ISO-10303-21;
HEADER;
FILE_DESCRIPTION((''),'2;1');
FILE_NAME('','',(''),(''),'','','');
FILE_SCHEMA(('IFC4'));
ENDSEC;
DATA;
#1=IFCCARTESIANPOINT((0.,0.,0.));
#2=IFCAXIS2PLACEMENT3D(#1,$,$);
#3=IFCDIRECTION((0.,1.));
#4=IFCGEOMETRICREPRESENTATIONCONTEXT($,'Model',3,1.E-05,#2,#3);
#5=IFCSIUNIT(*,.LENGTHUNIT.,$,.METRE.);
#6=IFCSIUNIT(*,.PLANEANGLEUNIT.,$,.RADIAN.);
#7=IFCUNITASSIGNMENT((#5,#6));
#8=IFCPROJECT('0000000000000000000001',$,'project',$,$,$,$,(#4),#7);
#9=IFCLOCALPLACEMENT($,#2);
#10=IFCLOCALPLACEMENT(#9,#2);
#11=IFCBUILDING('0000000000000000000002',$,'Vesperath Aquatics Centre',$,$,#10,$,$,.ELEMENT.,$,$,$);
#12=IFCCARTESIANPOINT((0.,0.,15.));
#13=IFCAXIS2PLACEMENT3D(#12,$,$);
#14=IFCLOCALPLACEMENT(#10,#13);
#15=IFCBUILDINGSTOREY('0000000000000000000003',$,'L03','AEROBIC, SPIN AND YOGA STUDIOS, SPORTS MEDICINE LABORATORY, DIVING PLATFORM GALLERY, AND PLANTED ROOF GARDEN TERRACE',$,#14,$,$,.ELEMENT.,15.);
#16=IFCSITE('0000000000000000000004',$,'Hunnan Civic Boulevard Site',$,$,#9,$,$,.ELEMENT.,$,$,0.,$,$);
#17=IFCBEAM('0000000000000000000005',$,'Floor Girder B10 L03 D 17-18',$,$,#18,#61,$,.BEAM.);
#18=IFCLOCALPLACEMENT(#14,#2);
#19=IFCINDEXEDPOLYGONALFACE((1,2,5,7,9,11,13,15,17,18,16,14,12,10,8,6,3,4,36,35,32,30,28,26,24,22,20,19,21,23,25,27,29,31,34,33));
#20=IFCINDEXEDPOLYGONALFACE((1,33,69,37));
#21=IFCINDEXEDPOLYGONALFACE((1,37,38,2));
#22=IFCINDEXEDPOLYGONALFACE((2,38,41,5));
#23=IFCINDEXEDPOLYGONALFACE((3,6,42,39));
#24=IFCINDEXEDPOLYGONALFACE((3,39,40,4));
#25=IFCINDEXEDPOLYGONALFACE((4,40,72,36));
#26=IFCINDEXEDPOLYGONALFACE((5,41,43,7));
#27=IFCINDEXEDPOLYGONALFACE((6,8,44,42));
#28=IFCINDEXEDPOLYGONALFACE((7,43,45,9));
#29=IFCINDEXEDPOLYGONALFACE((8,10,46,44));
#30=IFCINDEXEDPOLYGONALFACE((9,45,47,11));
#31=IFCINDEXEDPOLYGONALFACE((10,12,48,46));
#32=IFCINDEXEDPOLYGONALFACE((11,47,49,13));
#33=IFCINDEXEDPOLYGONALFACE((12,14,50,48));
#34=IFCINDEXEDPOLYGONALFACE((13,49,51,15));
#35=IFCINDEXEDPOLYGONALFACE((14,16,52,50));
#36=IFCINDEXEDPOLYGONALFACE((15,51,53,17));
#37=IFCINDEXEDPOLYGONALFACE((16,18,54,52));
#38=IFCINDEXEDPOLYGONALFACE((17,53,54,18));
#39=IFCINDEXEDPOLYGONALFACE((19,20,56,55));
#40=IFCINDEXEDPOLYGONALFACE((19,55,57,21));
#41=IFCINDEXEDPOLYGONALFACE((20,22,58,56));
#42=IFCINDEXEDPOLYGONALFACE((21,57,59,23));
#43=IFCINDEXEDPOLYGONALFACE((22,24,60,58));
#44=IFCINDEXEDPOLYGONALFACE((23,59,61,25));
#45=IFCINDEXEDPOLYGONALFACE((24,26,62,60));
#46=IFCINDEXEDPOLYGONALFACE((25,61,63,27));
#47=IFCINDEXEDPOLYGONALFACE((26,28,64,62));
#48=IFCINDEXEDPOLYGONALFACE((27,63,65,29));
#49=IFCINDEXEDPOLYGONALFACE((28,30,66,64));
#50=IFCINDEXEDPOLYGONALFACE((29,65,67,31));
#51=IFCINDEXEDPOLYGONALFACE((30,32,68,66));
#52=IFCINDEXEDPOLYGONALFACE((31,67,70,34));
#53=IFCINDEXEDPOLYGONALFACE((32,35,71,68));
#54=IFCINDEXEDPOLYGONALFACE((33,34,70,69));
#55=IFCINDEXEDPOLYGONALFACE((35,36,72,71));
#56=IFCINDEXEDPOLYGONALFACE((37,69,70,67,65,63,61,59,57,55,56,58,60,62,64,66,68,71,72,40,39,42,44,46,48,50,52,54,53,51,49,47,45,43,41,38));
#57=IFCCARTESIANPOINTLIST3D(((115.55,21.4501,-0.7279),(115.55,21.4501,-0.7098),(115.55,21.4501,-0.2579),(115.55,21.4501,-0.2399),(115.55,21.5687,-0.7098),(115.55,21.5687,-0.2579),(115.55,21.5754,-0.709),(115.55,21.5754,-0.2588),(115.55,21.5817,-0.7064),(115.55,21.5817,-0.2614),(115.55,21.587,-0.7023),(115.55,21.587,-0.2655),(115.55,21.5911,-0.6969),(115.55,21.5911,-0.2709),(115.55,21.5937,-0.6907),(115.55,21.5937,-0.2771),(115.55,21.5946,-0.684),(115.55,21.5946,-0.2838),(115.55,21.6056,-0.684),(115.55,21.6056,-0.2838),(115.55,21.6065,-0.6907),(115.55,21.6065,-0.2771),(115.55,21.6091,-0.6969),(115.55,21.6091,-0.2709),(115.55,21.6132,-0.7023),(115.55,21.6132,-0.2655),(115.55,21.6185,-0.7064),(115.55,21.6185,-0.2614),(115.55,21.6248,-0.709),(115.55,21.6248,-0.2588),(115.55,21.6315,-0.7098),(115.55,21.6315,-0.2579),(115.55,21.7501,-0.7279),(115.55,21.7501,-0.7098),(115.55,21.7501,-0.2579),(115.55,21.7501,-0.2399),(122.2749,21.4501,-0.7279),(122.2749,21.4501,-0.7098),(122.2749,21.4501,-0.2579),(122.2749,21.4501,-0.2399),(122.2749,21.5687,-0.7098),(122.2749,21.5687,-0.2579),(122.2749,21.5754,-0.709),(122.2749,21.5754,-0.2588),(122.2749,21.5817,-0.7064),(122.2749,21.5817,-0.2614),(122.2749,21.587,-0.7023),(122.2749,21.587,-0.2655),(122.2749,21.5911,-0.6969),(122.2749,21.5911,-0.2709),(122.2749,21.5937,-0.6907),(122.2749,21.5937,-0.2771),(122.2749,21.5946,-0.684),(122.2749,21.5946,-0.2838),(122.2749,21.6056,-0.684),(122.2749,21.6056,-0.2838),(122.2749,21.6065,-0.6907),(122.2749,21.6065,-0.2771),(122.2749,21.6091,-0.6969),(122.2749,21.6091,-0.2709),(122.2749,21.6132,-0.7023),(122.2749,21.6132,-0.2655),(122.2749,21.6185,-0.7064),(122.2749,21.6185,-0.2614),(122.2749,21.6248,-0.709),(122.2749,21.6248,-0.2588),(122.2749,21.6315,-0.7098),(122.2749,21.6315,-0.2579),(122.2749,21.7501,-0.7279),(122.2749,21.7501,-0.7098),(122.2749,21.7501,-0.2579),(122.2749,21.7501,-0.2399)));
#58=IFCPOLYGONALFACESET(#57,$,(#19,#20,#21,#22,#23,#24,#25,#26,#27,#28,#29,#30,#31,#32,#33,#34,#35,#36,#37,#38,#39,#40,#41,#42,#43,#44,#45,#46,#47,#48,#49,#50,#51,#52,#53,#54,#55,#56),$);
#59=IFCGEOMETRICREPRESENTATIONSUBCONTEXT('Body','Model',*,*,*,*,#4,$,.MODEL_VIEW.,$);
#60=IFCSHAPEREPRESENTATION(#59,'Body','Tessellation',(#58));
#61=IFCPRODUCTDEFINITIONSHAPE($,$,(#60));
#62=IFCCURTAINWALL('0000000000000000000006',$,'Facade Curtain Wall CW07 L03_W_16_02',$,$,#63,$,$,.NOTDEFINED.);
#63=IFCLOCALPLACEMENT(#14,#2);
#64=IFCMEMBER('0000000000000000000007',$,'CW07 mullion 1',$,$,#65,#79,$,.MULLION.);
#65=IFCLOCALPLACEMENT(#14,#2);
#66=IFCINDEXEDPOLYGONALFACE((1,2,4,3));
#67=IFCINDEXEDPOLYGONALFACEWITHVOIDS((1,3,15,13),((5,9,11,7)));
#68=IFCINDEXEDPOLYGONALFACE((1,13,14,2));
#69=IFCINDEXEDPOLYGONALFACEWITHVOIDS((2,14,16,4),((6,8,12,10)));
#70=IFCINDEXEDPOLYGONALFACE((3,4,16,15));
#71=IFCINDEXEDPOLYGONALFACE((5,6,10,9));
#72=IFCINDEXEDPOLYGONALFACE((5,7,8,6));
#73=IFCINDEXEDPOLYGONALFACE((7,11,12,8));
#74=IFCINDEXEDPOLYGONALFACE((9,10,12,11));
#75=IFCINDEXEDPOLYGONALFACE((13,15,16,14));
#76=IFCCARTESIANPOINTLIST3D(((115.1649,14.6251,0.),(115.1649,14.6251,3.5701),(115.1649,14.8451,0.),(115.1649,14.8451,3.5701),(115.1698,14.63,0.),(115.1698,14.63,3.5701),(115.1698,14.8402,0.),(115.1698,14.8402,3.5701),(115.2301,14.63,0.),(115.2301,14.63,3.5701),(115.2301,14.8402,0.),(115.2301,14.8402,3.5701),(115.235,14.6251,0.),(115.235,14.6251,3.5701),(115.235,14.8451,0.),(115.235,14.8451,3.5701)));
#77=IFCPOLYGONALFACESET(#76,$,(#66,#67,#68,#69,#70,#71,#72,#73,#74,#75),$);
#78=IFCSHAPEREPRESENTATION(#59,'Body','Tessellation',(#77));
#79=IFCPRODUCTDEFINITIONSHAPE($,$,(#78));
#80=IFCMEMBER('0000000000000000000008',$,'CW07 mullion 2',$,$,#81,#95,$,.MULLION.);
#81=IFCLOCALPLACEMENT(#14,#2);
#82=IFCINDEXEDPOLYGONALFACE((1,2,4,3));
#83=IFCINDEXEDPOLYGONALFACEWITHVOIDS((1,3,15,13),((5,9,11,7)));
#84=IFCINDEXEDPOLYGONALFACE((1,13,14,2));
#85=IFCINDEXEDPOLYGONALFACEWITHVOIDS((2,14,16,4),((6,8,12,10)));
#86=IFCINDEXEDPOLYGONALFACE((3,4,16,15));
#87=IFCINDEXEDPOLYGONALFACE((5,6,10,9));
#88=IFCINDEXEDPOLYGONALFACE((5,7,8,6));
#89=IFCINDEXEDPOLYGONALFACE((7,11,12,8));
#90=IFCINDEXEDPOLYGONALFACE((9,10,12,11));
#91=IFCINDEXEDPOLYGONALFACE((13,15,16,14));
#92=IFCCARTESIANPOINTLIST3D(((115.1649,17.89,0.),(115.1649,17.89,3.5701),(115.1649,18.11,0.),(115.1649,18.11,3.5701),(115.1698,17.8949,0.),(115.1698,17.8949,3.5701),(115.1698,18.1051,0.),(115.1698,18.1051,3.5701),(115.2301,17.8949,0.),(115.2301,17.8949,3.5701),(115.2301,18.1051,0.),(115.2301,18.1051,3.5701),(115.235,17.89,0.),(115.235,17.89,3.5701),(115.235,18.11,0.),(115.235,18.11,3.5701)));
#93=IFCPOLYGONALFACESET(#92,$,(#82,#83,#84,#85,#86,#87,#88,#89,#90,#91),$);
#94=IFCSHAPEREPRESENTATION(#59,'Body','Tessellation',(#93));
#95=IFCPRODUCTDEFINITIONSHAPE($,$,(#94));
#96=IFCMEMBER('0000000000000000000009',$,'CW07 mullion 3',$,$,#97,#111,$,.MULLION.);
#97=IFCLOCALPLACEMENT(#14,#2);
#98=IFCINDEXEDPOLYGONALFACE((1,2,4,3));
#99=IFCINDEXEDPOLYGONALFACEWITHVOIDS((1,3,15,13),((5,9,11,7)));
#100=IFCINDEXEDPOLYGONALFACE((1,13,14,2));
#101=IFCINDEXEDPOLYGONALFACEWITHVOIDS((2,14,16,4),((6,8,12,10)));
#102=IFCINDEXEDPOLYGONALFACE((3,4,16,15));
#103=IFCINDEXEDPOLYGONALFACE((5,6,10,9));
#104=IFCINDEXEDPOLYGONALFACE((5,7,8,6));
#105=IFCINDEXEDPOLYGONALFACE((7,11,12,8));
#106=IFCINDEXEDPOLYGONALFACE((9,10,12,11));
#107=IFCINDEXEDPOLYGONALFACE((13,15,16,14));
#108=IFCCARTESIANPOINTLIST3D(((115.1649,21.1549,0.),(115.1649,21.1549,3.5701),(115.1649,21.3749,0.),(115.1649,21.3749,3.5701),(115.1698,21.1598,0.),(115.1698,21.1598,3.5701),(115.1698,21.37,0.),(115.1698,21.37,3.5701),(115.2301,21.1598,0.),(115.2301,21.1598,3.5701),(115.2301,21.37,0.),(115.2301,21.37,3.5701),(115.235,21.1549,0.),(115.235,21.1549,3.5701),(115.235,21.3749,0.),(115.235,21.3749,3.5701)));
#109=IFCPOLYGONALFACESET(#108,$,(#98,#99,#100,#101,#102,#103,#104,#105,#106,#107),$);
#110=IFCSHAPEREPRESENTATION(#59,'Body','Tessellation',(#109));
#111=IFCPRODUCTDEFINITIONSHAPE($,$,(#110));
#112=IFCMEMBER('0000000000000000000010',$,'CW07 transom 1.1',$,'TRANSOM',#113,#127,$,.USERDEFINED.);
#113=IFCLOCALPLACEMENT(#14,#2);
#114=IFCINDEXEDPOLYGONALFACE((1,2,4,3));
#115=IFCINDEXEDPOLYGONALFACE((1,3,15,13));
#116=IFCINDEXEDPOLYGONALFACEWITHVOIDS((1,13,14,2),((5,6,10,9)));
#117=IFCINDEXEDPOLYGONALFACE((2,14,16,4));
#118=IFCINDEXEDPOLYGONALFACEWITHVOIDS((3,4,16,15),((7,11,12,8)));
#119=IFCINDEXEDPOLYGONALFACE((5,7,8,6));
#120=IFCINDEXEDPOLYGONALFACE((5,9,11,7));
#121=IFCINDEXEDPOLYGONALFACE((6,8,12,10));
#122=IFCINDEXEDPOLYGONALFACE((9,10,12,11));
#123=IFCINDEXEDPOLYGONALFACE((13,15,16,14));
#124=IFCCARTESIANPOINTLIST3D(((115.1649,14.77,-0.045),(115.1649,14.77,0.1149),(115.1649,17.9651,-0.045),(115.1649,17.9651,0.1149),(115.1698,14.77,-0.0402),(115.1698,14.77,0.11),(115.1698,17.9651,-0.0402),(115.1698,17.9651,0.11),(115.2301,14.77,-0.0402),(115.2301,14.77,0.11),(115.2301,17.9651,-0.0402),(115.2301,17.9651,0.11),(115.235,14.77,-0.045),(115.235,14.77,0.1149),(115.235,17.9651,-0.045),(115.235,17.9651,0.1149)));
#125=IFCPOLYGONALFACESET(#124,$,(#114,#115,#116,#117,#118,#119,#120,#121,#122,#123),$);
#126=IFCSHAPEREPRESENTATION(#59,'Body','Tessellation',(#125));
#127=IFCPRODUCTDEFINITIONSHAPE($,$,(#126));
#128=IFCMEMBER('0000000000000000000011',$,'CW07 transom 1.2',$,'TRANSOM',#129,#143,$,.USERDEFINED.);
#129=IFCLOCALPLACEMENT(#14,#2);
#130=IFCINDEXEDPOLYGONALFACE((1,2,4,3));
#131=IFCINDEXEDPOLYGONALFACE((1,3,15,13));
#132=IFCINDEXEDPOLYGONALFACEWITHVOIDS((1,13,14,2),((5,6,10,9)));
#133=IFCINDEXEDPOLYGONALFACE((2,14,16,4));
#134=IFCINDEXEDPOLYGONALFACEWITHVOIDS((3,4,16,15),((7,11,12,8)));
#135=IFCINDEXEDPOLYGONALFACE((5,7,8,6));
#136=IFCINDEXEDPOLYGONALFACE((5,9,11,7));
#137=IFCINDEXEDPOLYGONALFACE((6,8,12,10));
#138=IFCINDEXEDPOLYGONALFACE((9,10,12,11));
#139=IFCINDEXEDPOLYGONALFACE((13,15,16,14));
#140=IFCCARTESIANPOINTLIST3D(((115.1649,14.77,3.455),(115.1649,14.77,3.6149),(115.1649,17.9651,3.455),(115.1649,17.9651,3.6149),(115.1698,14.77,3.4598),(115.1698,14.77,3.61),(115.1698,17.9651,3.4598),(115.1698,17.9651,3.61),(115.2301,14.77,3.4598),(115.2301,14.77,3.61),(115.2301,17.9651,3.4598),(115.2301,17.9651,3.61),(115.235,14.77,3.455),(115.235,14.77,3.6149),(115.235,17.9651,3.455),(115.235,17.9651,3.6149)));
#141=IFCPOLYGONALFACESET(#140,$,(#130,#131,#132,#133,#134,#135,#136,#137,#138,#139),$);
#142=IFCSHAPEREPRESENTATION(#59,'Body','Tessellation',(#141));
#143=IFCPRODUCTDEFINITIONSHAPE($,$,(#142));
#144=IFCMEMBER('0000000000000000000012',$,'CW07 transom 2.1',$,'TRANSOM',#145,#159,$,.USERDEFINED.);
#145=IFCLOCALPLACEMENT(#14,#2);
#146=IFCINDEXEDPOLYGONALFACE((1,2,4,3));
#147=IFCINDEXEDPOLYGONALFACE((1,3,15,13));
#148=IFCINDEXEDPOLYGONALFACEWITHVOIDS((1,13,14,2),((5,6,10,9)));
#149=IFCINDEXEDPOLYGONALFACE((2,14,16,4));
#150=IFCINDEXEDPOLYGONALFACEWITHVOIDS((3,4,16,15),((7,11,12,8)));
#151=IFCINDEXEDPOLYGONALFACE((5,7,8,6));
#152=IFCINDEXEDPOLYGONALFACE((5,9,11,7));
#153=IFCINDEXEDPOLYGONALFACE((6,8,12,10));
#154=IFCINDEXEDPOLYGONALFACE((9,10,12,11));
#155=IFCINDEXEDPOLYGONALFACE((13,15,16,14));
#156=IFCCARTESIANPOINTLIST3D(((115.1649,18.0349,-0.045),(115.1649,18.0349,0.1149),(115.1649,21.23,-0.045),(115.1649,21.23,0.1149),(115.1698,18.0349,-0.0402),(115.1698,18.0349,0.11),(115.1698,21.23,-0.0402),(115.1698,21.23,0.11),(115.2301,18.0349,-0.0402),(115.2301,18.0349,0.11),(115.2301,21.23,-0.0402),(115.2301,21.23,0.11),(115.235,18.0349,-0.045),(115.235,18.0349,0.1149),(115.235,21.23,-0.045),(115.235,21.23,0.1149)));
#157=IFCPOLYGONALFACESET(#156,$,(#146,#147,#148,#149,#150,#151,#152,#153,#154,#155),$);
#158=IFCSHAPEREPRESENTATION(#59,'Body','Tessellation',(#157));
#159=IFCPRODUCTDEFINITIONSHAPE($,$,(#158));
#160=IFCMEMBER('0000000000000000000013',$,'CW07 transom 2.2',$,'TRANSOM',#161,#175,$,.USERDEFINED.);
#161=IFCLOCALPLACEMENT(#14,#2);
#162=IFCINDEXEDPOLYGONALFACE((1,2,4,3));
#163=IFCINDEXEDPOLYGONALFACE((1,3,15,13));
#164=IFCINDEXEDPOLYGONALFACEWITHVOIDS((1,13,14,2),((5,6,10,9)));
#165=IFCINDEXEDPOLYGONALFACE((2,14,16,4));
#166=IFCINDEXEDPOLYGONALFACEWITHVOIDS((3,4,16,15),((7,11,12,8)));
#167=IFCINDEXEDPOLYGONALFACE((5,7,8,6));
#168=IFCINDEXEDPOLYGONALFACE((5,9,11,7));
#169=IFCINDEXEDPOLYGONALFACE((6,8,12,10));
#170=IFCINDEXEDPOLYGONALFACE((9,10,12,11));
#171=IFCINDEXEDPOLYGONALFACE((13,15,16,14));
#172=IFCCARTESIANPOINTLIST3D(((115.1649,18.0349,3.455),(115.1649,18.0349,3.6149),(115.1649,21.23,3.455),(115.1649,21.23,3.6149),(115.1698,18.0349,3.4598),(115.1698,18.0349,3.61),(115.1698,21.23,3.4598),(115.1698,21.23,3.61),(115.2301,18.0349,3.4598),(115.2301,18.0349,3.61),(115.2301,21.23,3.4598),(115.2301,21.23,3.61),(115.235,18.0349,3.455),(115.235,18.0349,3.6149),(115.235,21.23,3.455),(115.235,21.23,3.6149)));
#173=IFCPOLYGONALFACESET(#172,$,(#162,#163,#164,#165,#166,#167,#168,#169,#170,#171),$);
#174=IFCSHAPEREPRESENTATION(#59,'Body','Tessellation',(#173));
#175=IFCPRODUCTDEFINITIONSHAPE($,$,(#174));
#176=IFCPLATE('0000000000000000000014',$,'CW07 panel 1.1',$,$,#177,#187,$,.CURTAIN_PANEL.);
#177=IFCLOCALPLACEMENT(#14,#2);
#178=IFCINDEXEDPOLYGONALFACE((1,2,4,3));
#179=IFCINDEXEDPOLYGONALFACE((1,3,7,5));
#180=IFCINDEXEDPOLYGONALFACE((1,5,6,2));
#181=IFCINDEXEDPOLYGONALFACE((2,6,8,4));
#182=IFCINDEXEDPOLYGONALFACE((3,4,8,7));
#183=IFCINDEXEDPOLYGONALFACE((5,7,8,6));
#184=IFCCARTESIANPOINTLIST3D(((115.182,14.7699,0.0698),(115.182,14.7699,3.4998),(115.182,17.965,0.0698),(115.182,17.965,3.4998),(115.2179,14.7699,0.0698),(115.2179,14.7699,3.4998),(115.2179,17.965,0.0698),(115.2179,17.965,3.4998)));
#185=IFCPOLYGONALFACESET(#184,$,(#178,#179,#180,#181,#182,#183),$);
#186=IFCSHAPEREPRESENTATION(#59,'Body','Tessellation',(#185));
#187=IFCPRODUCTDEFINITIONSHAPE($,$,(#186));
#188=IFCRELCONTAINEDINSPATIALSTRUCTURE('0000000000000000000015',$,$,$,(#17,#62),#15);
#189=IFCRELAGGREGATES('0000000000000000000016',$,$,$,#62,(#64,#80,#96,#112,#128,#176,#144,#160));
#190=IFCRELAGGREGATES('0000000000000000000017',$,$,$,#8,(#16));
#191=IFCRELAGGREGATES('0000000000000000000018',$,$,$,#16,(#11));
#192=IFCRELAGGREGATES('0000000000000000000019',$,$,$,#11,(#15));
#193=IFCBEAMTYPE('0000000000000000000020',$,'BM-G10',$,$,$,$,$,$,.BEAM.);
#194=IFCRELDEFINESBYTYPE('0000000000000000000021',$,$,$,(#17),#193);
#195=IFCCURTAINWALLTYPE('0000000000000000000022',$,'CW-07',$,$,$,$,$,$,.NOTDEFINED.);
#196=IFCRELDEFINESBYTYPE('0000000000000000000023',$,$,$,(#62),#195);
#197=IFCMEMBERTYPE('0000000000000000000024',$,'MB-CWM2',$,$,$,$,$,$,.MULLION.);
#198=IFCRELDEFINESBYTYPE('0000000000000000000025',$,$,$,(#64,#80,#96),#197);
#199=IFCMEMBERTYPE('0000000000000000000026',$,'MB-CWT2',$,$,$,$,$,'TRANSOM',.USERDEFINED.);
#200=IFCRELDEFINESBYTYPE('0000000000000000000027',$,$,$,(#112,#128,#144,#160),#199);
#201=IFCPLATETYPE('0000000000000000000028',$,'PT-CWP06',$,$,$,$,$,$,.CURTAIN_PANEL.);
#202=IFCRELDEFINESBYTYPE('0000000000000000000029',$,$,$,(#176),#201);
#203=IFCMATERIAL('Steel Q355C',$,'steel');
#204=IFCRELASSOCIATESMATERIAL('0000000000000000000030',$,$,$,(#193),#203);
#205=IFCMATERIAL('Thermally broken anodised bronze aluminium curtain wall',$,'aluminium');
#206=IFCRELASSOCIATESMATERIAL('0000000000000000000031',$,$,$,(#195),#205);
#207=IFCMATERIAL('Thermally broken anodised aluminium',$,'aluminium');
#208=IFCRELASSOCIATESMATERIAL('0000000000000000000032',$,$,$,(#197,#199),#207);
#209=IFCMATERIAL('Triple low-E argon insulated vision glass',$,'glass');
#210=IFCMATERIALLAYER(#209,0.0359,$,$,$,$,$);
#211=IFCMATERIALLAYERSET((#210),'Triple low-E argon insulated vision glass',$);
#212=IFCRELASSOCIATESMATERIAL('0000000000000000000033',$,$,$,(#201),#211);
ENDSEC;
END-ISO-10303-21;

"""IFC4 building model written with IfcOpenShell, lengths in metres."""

from ifc_helpers import new_model, si_unit, direction, frame, origin, origin_2d, place, context, subcontext, project, spatial, rectangle, hollow_rectangle, i_section, extrude, material, layer, layer_set, material_profile, profile_set, type_object, element, aggregate, save


model = new_model("IFC4")

# Units and contexts
model_context = context("Model", 3, precision=1e-05, world=origin(), true_north=direction((0.0, 1.0)))
body_context = subcontext(model_context, "Body", "Model", "MODEL_VIEW")
ifc_project = project(units=[si_unit("LENGTHUNIT", "METRE"), si_unit("PLANEANGLEUNIT", "RADIAN")], contexts=[model_context])

# Site, building, storey
site_placement = place(None, origin())
site = spatial("IfcSite", under=ifc_project, at=site_placement, Name="Hunnan Civic Boulevard Site", CompositionType="ELEMENT", RefElevation=0.0)
building_placement = place(site_placement, origin())
building = spatial("IfcBuilding", under=site, at=building_placement, Name="Vesperath Aquatics Centre", CompositionType="ELEMENT")
storey_placement = place(building_placement, frame((0.0, 0.0, 15.0)))
storey = spatial("IfcBuildingStorey", under=building, at=storey_placement, Name="L03", Description="AEROBIC, SPIN AND YOGA STUDIOS, SPORTS MEDICINE LABORATORY, DIVING PLATFORM GALLERY, AND PLANTED ROOF GARDEN TERRACE", CompositionType="ELEMENT", Elevation=15.0)

# Beam
ifc_material_1 = material(Name="Steel Q355C", Category="steel")
ifc_material_profile_1 = material_profile(ifc_material_1, i_section(OverallWidth=0.3, OverallDepth=0.488, WebThickness=0.011, FlangeThickness=0.0181, FilletRadius=0.0259, at=origin_2d()), Name="HM 488x300x11x18")
ifc_profile_set_1 = profile_set([ifc_material_profile_1], Name="Steel Q355C")
beam_type_1 = type_object("IfcBeamType", Name="BM-G10", PredefinedType="BEAM", material=ifc_profile_set_1)
beam_1_placement = place(storey_placement, frame((115.55, 21.6001, -0.4839), z_axis=(1.0, 0.0, 0.0), x_axis=(0.0, 1.0, 0.0)))
element("IfcBeam", 1, at=beam_1_placement, inside=storey, type_object=beam_type_1, Name="Floor Girder B10 L03 D 17-18", PredefinedType="BEAM", context=body_context, shape_type="SweptSolid", body=[
    extrude(i_section(OverallWidth=0.3, OverallDepth=0.488, WebThickness=0.011, FlangeThickness=0.0181, FilletRadius=0.0259, at=origin_2d()), origin(), (0.0, 0.0, 1.0), 6.7249),
])

# Curtain wall, members, plate
ifc_material_2 = material(Name="Thermally broken anodised bronze aluminium curtain wall", Category="aluminium")
curtain_wall_type = type_object("IfcCurtainWallType", Name="CW-07", PredefinedType="NOTDEFINED", material=ifc_material_2)
curtain_wall_placement = place(storey_placement, origin())
curtain_wall = element("IfcCurtainWall", 2, at=curtain_wall_placement, inside=storey, type_object=curtain_wall_type, Name="Facade Curtain Wall CW07 L03_W_16_02", PredefinedType="NOTDEFINED")
ifc_material_3 = material(Name="Thermally broken anodised aluminium", Category="aluminium")
ifc_material_profile_2 = material_profile(ifc_material_3, hollow_rectangle(XDim=0.0701, YDim=0.22, WallThickness=0.0049, at=origin_2d()), Name="CWM 70x220x5")
ifc_profile_set_2 = profile_set([ifc_material_profile_2], Name="Thermally broken anodised aluminium")
member_type_1 = type_object("IfcMemberType", Name="MB-CWM2", PredefinedType="MULLION", material=ifc_profile_set_2)
member_1_placement = place(storey_placement, frame((115.2, 14.7351, 0.0), z_axis=(0.0, 0.0, 1.0), x_axis=(-1.0, 0.0, 0.0)))
member_1 = element("IfcMember", 3, at=member_1_placement, type_object=member_type_1, Name="CW07 mullion 1", PredefinedType="MULLION", context=body_context, shape_type="SweptSolid", body=[
    extrude(hollow_rectangle(XDim=0.0701, YDim=0.22, WallThickness=0.0049, at=origin_2d()), origin(), (0.0, 0.0, 1.0), 3.5701),
])
member_2_placement = place(storey_placement, frame((115.2, 18.0, 0.0), z_axis=(0.0, 0.0, 1.0), x_axis=(-1.0, 0.0, 0.0)))
member_2 = element("IfcMember", 4, at=member_2_placement, type_object=member_type_1, Name="CW07 mullion 2", PredefinedType="MULLION", context=body_context, shape_type="SweptSolid", body=[
    extrude(hollow_rectangle(XDim=0.0701, YDim=0.22, WallThickness=0.0049, at=origin_2d()), origin(), (0.0, 0.0, 1.0), 3.5701),
])
member_3_placement = place(storey_placement, frame((115.2, 21.2649, 0.0), z_axis=(0.0, 0.0, 1.0), x_axis=(-1.0, 0.0, 0.0)))
member_3 = element("IfcMember", 5, at=member_3_placement, type_object=member_type_1, Name="CW07 mullion 3", PredefinedType="MULLION", context=body_context, shape_type="SweptSolid", body=[
    extrude(hollow_rectangle(XDim=0.0701, YDim=0.22, WallThickness=0.0049, at=origin_2d()), origin(), (0.0, 0.0, 1.0), 3.5701),
])
ifc_material_profile_3 = material_profile(ifc_material_3, hollow_rectangle(XDim=0.0701, YDim=0.1599, WallThickness=0.0049, at=origin_2d()), Name="CWT 70x160x5")
ifc_profile_set_3 = profile_set([ifc_material_profile_3], Name="Thermally broken anodised aluminium")
member_type_2 = type_object("IfcMemberType", Name="MB-CWT2", ElementType="TRANSOM", PredefinedType="USERDEFINED", material=ifc_profile_set_3)
member_4_placement = place(storey_placement, frame((115.2, 14.77, 0.0349), z_axis=(0.0, 1.0, 0.0), x_axis=(-1.0, 0.0, 0.0)))
member_4 = element("IfcMember", 6, at=member_4_placement, type_object=member_type_2, Name="CW07 transom 1.1", ObjectType="TRANSOM", PredefinedType="USERDEFINED", context=body_context, shape_type="SweptSolid", body=[
    extrude(hollow_rectangle(XDim=0.0701, YDim=0.1599, WallThickness=0.0049, at=origin_2d()), origin(), (0.0, 0.0, 1.0), 3.1951),
])
member_5_placement = place(storey_placement, frame((115.2, 14.77, 3.5349), z_axis=(0.0, 1.0, 0.0), x_axis=(-1.0, 0.0, 0.0)))
member_5 = element("IfcMember", 7, at=member_5_placement, type_object=member_type_2, Name="CW07 transom 1.2", ObjectType="TRANSOM", PredefinedType="USERDEFINED", context=body_context, shape_type="SweptSolid", body=[
    extrude(hollow_rectangle(XDim=0.0701, YDim=0.1599, WallThickness=0.0049, at=origin_2d()), origin(), (0.0, 0.0, 1.0), 3.1951),
])
member_6_placement = place(storey_placement, frame((115.2, 18.0349, 0.0349), z_axis=(0.0, 1.0, 0.0), x_axis=(-1.0, 0.0, 0.0)))
member_6 = element("IfcMember", 8, at=member_6_placement, type_object=member_type_2, Name="CW07 transom 2.1", ObjectType="TRANSOM", PredefinedType="USERDEFINED", context=body_context, shape_type="SweptSolid", body=[
    extrude(hollow_rectangle(XDim=0.0701, YDim=0.1599, WallThickness=0.0049, at=origin_2d()), origin(), (0.0, 0.0, 1.0), 3.1951),
])
member_7_placement = place(storey_placement, frame((115.2, 18.0349, 3.5349), z_axis=(0.0, 1.0, 0.0), x_axis=(-1.0, 0.0, 0.0)))
member_7 = element("IfcMember", 9, at=member_7_placement, type_object=member_type_2, Name="CW07 transom 2.2", ObjectType="TRANSOM", PredefinedType="USERDEFINED", context=body_context, shape_type="SweptSolid", body=[
    extrude(hollow_rectangle(XDim=0.0701, YDim=0.1599, WallThickness=0.0049, at=origin_2d()), origin(), (0.0, 0.0, 1.0), 3.1951),
])
ifc_material_4 = material(Name="Triple low-E argon insulated vision glass", Category="glass")
ifc_layer_1 = layer(ifc_material_4, 0.0359)
ifc_layer_set_1 = layer_set([ifc_layer_1], Name="Triple low-E argon insulated vision glass")
plate_type = type_object("IfcPlateType", Name="PT-CWP06", PredefinedType="CURTAIN_PANEL", material=ifc_layer_set_1)
plate_1_placement = place(storey_placement, frame((115.2, 16.3674, 0.0698), z_axis=(0.0, 0.0, 1.0), x_axis=(0.0, 1.0, 0.0)))
plate_1 = element("IfcPlate", 10, at=plate_1_placement, type_object=plate_type, Name="CW07 panel 1.1", PredefinedType="CURTAIN_PANEL", context=body_context, shape_type="SweptSolid", body=[
    extrude(rectangle(XDim=3.1951, YDim=0.0359, at=origin_2d()), origin(), (0.0, 0.0, 1.0), 3.4299),
])
aggregate(curtain_wall, [member_1, member_2, member_3, member_4, member_5, plate_1, member_6, member_7])

save(model, "model.ifc")
